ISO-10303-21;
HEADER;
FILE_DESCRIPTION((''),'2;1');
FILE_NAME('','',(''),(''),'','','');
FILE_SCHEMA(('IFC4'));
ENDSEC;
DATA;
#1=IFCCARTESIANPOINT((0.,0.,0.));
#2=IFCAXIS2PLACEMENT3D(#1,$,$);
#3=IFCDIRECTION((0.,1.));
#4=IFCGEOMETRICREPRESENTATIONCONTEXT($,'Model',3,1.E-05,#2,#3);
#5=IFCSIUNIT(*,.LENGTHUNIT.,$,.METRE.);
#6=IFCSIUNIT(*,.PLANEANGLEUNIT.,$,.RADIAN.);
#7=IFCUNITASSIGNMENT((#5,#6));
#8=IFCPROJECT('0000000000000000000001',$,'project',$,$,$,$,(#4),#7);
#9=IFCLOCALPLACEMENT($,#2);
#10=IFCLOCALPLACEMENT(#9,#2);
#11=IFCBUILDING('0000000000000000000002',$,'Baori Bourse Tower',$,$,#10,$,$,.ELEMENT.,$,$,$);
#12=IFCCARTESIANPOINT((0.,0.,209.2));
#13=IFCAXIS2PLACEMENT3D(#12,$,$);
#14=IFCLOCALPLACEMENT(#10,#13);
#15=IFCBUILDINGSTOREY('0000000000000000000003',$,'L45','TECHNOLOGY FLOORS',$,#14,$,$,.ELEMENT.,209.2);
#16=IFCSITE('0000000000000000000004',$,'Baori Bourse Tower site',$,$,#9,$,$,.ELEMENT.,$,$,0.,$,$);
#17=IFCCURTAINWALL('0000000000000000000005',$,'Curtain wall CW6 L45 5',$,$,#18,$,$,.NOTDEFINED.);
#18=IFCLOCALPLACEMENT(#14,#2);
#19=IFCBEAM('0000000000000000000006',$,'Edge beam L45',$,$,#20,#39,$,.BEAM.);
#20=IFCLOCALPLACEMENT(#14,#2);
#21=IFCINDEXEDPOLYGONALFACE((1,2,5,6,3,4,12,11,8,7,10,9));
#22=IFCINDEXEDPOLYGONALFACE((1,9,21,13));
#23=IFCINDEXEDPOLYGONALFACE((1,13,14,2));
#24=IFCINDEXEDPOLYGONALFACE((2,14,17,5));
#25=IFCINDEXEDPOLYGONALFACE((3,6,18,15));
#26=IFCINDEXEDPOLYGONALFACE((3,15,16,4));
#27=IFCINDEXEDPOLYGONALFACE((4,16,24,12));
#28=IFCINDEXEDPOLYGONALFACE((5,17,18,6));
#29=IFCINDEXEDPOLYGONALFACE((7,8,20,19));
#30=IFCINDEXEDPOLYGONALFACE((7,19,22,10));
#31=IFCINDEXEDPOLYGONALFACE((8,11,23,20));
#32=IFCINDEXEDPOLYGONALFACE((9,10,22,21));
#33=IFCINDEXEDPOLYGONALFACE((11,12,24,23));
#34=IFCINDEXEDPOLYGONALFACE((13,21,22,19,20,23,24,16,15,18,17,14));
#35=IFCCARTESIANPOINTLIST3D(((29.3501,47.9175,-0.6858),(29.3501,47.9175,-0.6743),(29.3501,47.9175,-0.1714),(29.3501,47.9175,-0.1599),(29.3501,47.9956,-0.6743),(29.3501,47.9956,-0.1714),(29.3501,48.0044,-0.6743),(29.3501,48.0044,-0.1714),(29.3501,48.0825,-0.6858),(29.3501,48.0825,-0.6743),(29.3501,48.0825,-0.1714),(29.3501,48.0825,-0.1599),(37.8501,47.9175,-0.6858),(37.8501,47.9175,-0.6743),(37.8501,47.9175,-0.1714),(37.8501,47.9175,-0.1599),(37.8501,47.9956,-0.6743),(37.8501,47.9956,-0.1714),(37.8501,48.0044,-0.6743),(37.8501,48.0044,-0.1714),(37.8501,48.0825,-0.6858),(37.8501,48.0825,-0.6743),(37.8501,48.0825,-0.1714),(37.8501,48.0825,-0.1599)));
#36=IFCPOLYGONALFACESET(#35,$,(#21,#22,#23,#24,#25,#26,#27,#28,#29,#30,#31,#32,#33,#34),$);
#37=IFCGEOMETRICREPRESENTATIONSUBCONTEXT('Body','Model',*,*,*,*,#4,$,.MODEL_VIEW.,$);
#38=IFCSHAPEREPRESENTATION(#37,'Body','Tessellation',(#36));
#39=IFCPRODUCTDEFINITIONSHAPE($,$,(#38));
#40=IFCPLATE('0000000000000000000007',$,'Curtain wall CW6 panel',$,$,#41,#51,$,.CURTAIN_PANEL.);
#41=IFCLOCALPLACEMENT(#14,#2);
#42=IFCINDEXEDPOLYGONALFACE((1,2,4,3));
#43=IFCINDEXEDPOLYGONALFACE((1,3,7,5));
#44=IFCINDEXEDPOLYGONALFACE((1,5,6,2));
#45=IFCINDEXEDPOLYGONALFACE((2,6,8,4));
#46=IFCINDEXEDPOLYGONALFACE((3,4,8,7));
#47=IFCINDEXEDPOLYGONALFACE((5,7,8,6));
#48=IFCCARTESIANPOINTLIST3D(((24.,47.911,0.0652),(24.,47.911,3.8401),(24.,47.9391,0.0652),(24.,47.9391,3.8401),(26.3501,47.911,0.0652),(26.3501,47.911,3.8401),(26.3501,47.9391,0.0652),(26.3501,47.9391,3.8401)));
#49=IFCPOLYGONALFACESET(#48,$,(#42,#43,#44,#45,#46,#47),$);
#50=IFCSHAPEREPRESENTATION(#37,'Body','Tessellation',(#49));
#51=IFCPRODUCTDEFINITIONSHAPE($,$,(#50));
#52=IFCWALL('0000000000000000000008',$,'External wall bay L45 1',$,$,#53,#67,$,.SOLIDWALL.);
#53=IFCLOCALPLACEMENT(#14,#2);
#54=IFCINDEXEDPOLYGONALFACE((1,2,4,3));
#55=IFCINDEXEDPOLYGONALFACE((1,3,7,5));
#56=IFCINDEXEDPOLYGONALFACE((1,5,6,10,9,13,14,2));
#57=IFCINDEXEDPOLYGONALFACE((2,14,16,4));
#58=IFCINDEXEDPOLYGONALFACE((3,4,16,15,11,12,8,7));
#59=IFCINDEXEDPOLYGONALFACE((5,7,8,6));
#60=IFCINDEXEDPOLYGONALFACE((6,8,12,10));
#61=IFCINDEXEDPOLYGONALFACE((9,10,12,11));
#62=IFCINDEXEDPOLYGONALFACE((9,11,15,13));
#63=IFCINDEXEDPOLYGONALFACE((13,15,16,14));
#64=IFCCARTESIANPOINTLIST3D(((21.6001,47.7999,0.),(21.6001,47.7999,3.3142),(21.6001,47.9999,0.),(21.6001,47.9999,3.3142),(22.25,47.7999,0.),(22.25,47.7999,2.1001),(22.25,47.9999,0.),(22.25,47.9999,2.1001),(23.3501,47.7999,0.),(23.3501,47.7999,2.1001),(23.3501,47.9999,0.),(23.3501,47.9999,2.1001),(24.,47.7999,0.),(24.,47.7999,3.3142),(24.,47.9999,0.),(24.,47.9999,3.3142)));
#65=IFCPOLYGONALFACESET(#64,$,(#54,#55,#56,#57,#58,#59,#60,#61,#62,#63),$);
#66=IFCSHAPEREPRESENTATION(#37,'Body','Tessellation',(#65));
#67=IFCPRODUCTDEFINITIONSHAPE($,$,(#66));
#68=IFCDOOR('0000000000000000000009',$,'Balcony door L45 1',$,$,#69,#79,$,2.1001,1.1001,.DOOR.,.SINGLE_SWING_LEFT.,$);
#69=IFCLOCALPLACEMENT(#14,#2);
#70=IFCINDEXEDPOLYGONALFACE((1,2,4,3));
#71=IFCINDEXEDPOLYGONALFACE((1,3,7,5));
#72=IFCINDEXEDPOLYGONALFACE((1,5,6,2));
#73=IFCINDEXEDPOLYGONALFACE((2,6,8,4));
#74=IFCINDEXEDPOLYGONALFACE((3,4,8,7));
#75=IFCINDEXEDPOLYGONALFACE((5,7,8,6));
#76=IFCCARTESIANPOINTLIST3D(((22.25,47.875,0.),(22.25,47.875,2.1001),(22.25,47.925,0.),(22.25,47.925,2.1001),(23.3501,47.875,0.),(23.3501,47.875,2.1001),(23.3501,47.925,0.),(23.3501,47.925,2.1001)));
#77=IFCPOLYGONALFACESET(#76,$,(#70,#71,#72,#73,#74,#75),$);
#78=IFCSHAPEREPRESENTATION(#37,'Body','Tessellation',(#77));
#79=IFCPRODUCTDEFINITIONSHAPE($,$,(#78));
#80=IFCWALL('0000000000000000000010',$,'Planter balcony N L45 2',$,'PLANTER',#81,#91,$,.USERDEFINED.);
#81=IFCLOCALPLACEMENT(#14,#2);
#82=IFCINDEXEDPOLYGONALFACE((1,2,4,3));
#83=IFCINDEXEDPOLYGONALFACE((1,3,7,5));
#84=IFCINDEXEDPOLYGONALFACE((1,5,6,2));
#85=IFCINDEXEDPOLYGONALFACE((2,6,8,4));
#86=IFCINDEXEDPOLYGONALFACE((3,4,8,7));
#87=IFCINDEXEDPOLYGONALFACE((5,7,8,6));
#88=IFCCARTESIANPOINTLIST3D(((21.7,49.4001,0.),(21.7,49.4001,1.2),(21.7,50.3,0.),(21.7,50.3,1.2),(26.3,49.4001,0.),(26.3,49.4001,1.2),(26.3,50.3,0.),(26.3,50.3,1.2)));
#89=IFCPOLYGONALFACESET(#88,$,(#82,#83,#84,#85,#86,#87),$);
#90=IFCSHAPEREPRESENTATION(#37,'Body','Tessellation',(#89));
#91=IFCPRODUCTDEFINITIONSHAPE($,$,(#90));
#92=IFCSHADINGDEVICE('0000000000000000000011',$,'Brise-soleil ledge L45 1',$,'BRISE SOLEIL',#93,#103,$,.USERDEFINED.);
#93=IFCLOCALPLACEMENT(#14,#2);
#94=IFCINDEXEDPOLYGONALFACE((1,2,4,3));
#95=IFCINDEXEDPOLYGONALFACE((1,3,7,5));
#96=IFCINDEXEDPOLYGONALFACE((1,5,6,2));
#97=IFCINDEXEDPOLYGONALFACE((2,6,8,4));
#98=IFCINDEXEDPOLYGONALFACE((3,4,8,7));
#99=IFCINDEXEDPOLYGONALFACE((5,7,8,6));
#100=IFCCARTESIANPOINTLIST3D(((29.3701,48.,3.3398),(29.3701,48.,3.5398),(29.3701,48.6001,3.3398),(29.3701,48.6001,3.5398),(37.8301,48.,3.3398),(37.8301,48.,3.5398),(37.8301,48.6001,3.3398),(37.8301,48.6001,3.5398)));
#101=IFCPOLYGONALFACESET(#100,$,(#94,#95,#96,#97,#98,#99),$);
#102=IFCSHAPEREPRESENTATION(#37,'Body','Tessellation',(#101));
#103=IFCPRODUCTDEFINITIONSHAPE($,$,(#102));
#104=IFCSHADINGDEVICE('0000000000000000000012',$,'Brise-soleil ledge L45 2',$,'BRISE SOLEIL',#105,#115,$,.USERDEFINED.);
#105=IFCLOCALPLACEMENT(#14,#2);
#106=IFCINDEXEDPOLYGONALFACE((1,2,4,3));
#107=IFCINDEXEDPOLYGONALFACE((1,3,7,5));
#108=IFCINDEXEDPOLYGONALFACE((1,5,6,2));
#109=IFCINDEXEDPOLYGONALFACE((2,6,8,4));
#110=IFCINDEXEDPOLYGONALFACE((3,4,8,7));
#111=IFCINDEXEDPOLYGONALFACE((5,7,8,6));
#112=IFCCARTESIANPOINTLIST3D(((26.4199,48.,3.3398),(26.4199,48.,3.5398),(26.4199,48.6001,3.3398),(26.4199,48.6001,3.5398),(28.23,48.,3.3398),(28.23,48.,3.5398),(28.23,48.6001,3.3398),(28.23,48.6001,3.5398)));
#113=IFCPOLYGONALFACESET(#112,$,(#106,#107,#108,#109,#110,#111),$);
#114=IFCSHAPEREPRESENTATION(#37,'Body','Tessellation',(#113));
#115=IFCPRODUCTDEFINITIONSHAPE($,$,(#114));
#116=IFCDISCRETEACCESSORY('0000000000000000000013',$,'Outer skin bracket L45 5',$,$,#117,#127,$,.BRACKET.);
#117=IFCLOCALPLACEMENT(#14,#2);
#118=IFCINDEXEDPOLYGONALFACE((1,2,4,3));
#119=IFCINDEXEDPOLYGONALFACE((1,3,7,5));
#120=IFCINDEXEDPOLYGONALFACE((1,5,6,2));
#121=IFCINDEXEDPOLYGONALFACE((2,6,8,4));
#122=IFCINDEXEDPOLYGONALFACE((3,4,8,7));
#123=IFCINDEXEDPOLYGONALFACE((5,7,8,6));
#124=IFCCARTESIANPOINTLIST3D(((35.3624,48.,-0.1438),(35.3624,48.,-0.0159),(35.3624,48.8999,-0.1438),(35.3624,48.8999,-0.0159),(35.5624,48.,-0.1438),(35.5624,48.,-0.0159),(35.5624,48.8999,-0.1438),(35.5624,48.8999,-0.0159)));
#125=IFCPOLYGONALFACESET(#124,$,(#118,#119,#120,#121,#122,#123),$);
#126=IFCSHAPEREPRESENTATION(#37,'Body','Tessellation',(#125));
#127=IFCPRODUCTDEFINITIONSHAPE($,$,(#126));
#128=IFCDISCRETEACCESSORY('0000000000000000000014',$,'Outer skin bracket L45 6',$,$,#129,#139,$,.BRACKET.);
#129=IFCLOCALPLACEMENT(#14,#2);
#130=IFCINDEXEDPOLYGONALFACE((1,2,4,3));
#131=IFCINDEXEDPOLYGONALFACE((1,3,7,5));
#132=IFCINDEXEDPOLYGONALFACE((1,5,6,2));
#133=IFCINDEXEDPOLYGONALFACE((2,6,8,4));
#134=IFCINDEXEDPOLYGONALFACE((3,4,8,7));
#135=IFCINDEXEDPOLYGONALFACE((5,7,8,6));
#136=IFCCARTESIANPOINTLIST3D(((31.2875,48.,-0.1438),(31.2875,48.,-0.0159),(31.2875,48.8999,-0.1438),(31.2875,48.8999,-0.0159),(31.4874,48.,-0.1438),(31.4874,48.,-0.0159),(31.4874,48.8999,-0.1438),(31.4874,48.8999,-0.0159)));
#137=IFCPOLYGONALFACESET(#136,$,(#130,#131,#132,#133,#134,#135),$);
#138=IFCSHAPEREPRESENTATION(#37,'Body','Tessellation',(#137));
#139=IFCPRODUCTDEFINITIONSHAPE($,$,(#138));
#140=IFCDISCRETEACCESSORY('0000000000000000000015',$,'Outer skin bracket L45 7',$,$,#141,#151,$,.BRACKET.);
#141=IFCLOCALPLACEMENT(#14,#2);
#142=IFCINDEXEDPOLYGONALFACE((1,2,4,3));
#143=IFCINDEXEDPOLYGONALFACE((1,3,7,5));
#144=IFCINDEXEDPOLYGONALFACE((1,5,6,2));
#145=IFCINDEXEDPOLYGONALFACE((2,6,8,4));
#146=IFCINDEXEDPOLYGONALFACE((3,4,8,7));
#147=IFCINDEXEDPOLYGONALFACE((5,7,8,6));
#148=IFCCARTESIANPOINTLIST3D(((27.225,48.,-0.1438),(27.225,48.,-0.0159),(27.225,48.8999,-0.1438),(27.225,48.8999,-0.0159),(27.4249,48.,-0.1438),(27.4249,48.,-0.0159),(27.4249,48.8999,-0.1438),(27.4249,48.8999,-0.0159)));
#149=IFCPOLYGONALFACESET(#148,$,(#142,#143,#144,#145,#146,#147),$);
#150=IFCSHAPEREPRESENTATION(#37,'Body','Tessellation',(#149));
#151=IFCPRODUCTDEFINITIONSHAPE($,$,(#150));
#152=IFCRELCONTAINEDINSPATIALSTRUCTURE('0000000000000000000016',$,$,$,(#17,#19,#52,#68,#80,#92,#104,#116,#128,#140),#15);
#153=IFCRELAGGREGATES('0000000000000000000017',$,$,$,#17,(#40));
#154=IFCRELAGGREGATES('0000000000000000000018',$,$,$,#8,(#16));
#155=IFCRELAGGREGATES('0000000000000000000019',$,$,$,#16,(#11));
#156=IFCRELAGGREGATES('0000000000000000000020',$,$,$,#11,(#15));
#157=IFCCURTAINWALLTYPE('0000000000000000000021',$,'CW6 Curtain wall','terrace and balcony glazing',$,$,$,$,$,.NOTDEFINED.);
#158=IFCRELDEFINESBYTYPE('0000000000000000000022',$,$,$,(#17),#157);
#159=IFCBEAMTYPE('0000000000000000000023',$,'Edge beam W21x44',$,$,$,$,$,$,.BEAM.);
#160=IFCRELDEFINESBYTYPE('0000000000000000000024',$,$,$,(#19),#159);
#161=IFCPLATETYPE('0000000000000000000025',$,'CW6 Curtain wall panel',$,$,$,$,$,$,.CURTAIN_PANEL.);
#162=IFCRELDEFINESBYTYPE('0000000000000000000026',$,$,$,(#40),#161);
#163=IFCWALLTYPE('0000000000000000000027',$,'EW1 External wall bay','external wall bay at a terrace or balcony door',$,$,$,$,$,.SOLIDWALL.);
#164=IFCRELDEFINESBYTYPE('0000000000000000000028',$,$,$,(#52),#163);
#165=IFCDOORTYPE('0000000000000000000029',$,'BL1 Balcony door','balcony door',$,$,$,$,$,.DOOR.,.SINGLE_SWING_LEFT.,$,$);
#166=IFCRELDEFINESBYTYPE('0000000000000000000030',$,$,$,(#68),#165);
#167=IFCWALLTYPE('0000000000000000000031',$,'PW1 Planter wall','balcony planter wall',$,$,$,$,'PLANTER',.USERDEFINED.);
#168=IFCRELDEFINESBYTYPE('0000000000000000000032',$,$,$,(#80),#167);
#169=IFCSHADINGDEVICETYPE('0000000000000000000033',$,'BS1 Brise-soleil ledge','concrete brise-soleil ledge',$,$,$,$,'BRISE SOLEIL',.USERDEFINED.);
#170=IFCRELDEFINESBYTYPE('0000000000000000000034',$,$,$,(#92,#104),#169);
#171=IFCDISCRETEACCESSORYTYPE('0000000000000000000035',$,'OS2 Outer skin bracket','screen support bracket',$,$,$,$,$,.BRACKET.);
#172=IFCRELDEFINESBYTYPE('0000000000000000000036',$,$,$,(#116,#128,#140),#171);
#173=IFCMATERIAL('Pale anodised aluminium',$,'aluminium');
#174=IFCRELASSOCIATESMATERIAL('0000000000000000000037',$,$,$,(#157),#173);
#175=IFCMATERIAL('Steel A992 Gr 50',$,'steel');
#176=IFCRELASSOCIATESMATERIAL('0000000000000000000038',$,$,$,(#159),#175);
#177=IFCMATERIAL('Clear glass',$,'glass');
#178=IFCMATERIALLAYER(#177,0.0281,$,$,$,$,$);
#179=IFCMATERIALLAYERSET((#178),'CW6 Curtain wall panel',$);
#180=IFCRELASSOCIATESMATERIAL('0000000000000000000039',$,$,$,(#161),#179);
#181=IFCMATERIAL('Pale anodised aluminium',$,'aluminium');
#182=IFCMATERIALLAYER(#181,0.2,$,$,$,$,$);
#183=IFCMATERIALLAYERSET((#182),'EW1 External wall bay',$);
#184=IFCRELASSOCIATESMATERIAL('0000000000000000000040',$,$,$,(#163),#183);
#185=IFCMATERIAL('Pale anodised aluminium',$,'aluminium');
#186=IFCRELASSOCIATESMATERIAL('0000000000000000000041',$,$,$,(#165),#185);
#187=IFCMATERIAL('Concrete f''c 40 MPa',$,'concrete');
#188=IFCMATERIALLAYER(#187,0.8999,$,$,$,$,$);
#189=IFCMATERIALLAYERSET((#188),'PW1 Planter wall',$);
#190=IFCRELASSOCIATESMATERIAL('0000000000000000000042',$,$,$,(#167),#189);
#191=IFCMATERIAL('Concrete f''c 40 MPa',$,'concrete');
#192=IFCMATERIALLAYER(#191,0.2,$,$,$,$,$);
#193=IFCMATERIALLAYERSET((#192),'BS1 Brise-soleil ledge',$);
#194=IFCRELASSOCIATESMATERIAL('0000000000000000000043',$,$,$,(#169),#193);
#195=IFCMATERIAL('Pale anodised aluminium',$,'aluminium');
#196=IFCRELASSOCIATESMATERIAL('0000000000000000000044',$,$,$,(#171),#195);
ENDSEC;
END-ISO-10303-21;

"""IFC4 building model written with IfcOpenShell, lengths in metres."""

from ifc_helpers import new_model, si_unit, direction, frame, frame_2d, origin, origin_2d, place, context, subcontext, project, spatial, rectangle, i_section, extrude, material, layer, layer_set, material_profile, profile_set, type_object, element, fill, aggregate, save


model = new_model("IFC4")

# Units and contexts
model_context = context("Model", 3, precision=1e-05, world=origin(), true_north=direction((0.0, 1.0)))
body_context = subcontext(model_context, "Body", "Model", "MODEL_VIEW")
ifc_project = project(units=[si_unit("LENGTHUNIT", "METRE"), si_unit("PLANEANGLEUNIT", "RADIAN")], contexts=[model_context])

# Site, building, storey
site_placement = place(None, origin())
site = spatial("IfcSite", under=ifc_project, at=site_placement, Name="Baori Bourse Tower site", CompositionType="ELEMENT", RefElevation=0.0)
building_placement = place(site_placement, origin())
building = spatial("IfcBuilding", under=site, at=building_placement, Name="Baori Bourse Tower", CompositionType="ELEMENT")
storey_placement = place(building_placement, frame((0.0, 0.0, 209.2)))
storey = spatial("IfcBuildingStorey", under=building, at=storey_placement, Name="L45", Description="TECHNOLOGY FLOORS", CompositionType="ELEMENT", Elevation=209.2)

# Curtain wall
ifc_material_1 = material(Name="Pale anodised aluminium", Category="aluminium")
curtain_wall_type_1 = type_object("IfcCurtainWallType", Name="CW6 Curtain wall", Description="terrace and balcony glazing", PredefinedType="NOTDEFINED", material=ifc_material_1)
curtain_wall_1_placement = place(storey_placement, origin())
curtain_wall_1 = element("IfcCurtainWall", 1, at=curtain_wall_1_placement, inside=storey, type_object=curtain_wall_type_1, Name="Curtain wall CW6 L45 5", PredefinedType="NOTDEFINED")

# Beam
ifc_material_2 = material(Name="Steel A992 Gr 50", Category="steel")
ifc_material_profile_1 = material_profile(ifc_material_2, i_section(OverallWidth=0.165, OverallDepth=0.5259, WebThickness=0.0088, FlangeThickness=0.0115, at=origin_2d()), Name="W21x44")
ifc_profile_set_1 = profile_set([ifc_material_profile_1], Name="Steel A992 Gr 50")
beam_type_1 = type_object("IfcBeamType", Name="Edge beam W21x44", PredefinedType="BEAM", material=ifc_profile_set_1)
beam_1_placement = place(storey_placement, frame((29.3501, 48.0, -0.4229), z_axis=(1.0, 0.0, 0.0), x_axis=(0.0, 1.0, 0.0)))
element("IfcBeam", 2, at=beam_1_placement, inside=storey, type_object=beam_type_1, Name="Edge beam L45", PredefinedType="BEAM", context=body_context, shape_type="SweptSolid", body=[
    extrude(i_section(OverallWidth=0.165, OverallDepth=0.5259, WebThickness=0.0088, FlangeThickness=0.0115, at=origin_2d()), origin(), (0.0, 0.0, 1.0), 8.5),
])

# Plate
ifc_material_3 = material(Name="Clear glass", Category="glass")
ifc_layer_1 = layer(ifc_material_3, 0.0281)
ifc_layer_set_1 = layer_set([ifc_layer_1], Name="CW6 Curtain wall panel")
plate_type = type_object("IfcPlateType", Name="CW6 Curtain wall panel", PredefinedType="CURTAIN_PANEL", material=ifc_layer_set_1)
plate_placement = place(storey_placement, frame((25.175, 47.925, 0.0652), z_axis=(0.0, 0.0, 1.0), x_axis=(-1.0, 0.0, 0.0)))
plate = element("IfcPlate", 3, at=plate_placement, type_object=plate_type, Name="Curtain wall CW6 panel", PredefinedType="CURTAIN_PANEL", context=body_context, shape_type="SweptSolid", body=[
    extrude(rectangle(XDim=2.3501, YDim=0.0281, at=origin_2d()), origin(), (0.0, 0.0, 1.0), 3.7749),
])
aggregate(curtain_wall_1, [plate])

# Wall, opening, door
ifc_material_4 = material(Name="Pale anodised aluminium", Category="aluminium")
ifc_layer_2 = layer(ifc_material_4, 0.2)
ifc_layer_set_2 = layer_set([ifc_layer_2], Name="EW1 External wall bay")
wall_type_1 = type_object("IfcWallType", Name="EW1 External wall bay", Description="external wall bay at a terrace or balcony door", PredefinedType="SOLIDWALL", material=ifc_layer_set_2)
wall_1_placement = place(storey_placement, frame((24.0, 47.8999, 0.0), z_axis=(0.0, 0.0, 1.0), x_axis=(-1.0, 0.0, 0.0)))
wall_1 = element("IfcWall", 4, at=wall_1_placement, inside=storey, type_object=wall_type_1, Name="External wall bay L45 1", PredefinedType="SOLIDWALL", context=body_context, shape_type="SweptSolid", body=[
    extrude(rectangle(XDim=2.3999, YDim=0.2, at=frame_2d((1.2, 0.0))), origin(), (0.0, 0.0, 1.0), 3.3142),
])
opening_placement = place(wall_1_placement, frame((0.6499, 0.0, 0.0)))
opening = element("IfcOpeningElement", 5, at=opening_placement, cuts=wall_1, PredefinedType="OPENING", context=body_context, shape_type="SweptSolid", body=[
    extrude(rectangle(XDim=1.1001, YDim=2.1001, at=frame_2d((0.55, 1.05))), frame((0.0, 0.1099, 0.0), z_axis=(0.0, -1.0, 0.0), x_axis=(1.0, 0.0, 0.0)), (0.0, 0.0, 1.0), 0.22),
])
ifc_material_5 = material(Name="Pale anodised aluminium", Category="aluminium")
door_type = type_object("IfcDoorType", Name="BL1 Balcony door", Description="balcony door", OperationType="SINGLE_SWING_LEFT", PredefinedType="DOOR", material=ifc_material_5)
door_placement = place(opening_placement, origin())
door = element("IfcDoor", 6, at=door_placement, inside=storey, type_object=door_type, Name="Balcony door L45 1", OperationType="SINGLE_SWING_LEFT", OverallHeight=2.1001, OverallWidth=1.1001, PredefinedType="DOOR", context=body_context, shape_type="SweptSolid", body=[
    extrude(rectangle(XDim=1.1001, YDim=2.1001, at=frame_2d((0.55, 1.05))), frame((0.0, 0.0249, 0.0), z_axis=(0.0, -1.0, 0.0), x_axis=(1.0, 0.0, 0.0)), (0.0, 0.0, 1.0), 0.05),
])
fill(opening, door)

# Wall
ifc_material_6 = material(Name="Concrete f'c 40 MPa", Category="concrete")
ifc_layer_3 = layer(ifc_material_6, 0.8999)
ifc_layer_set_3 = layer_set([ifc_layer_3], Name="PW1 Planter wall")
wall_type_2 = type_object("IfcWallType", Name="PW1 Planter wall", Description="balcony planter wall", ElementType="PLANTER", PredefinedType="USERDEFINED", material=ifc_layer_set_3)
wall_2_placement = place(storey_placement, frame((21.7, 49.8501, 0.0), z_axis=(0.0, 0.0, 1.0), x_axis=(1.0, 0.0, 0.0)))
element("IfcWall", 7, at=wall_2_placement, inside=storey, type_object=wall_type_2, Name="Planter balcony N L45 2", ObjectType="PLANTER", PredefinedType="USERDEFINED", context=body_context, shape_type="SweptSolid", body=[
    extrude(rectangle(XDim=4.6001, YDim=0.8999, at=frame_2d((2.3, 0.0))), origin(), (0.0, 0.0, 1.0), 1.2),
])

# Shading devices
ifc_material_7 = material(Name="Concrete f'c 40 MPa", Category="concrete")
ifc_layer_4 = layer(ifc_material_7, 0.2)
ifc_layer_set_4 = layer_set([ifc_layer_4], Name="BS1 Brise-soleil ledge")
shading_device_type = type_object("IfcShadingDeviceType", Name="BS1 Brise-soleil ledge", Description="concrete brise-soleil ledge", ElementType="BRISE SOLEIL", PredefinedType="USERDEFINED", material=ifc_layer_set_4)
shading_device_1_placement = place(storey_placement, frame((33.6001, 48.3, 3.3398), z_axis=(0.0, 0.0, 1.0), x_axis=(-1.0, 0.0, 0.0)))
element("IfcShadingDevice", 8, at=shading_device_1_placement, inside=storey, type_object=shading_device_type, Name="Brise-soleil ledge L45 1", ObjectType="BRISE SOLEIL", PredefinedType="USERDEFINED", context=body_context, shape_type="SweptSolid", body=[
    extrude(rectangle(XDim=8.46, YDim=0.6001, at=origin_2d()), origin(), (0.0, 0.0, 1.0), 0.2),
])
shading_device_2_placement = place(storey_placement, frame((27.325, 48.3, 3.3398), z_axis=(0.0, 0.0, 1.0), x_axis=(-1.0, 0.0, 0.0)))
element("IfcShadingDevice", 9, at=shading_device_2_placement, inside=storey, type_object=shading_device_type, Name="Brise-soleil ledge L45 2", ObjectType="BRISE SOLEIL", PredefinedType="USERDEFINED", context=body_context, shape_type="SweptSolid", body=[
    extrude(rectangle(XDim=1.8101, YDim=0.6001, at=origin_2d()), origin(), (0.0, 0.0, 1.0), 0.2),
])

# Discrete accessories
ifc_material_8 = material(Name="Pale anodised aluminium", Category="aluminium")
discrete_accessory_type = type_object("IfcDiscreteAccessoryType", Name="OS2 Outer skin bracket", Description="screen support bracket", PredefinedType="BRACKET", material=ifc_material_8)
for number, where, z_axis, x_axis, name in (
    (10, (35.4624, 48.45, -0.1438), (0.0, 0.0, 1.0), (-1.0, 0.0, 0.0), "Outer skin bracket L45 5"),
    (11, (31.3875, 48.45, -0.1438), (0.0, 0.0, 1.0), (-1.0, 0.0, 0.0), "Outer skin bracket L45 6"),
    (12, (27.325, 48.45, -0.1438), (0.0, 0.0, 1.0), (-1.0, 0.0, 0.0), "Outer skin bracket L45 7"),
):
    element("IfcDiscreteAccessory", number, at=place(storey_placement, frame(where, z_axis=z_axis, x_axis=x_axis)), inside=storey, type_object=discrete_accessory_type, Name=name, PredefinedType="BRACKET", context=body_context, shape_type="SweptSolid", body=[
        extrude(rectangle(XDim=0.2, YDim=0.8999, at=origin_2d()), origin(), (0.0, 0.0, 1.0), 0.1279),
    ])

save(model, "model.ifc")
